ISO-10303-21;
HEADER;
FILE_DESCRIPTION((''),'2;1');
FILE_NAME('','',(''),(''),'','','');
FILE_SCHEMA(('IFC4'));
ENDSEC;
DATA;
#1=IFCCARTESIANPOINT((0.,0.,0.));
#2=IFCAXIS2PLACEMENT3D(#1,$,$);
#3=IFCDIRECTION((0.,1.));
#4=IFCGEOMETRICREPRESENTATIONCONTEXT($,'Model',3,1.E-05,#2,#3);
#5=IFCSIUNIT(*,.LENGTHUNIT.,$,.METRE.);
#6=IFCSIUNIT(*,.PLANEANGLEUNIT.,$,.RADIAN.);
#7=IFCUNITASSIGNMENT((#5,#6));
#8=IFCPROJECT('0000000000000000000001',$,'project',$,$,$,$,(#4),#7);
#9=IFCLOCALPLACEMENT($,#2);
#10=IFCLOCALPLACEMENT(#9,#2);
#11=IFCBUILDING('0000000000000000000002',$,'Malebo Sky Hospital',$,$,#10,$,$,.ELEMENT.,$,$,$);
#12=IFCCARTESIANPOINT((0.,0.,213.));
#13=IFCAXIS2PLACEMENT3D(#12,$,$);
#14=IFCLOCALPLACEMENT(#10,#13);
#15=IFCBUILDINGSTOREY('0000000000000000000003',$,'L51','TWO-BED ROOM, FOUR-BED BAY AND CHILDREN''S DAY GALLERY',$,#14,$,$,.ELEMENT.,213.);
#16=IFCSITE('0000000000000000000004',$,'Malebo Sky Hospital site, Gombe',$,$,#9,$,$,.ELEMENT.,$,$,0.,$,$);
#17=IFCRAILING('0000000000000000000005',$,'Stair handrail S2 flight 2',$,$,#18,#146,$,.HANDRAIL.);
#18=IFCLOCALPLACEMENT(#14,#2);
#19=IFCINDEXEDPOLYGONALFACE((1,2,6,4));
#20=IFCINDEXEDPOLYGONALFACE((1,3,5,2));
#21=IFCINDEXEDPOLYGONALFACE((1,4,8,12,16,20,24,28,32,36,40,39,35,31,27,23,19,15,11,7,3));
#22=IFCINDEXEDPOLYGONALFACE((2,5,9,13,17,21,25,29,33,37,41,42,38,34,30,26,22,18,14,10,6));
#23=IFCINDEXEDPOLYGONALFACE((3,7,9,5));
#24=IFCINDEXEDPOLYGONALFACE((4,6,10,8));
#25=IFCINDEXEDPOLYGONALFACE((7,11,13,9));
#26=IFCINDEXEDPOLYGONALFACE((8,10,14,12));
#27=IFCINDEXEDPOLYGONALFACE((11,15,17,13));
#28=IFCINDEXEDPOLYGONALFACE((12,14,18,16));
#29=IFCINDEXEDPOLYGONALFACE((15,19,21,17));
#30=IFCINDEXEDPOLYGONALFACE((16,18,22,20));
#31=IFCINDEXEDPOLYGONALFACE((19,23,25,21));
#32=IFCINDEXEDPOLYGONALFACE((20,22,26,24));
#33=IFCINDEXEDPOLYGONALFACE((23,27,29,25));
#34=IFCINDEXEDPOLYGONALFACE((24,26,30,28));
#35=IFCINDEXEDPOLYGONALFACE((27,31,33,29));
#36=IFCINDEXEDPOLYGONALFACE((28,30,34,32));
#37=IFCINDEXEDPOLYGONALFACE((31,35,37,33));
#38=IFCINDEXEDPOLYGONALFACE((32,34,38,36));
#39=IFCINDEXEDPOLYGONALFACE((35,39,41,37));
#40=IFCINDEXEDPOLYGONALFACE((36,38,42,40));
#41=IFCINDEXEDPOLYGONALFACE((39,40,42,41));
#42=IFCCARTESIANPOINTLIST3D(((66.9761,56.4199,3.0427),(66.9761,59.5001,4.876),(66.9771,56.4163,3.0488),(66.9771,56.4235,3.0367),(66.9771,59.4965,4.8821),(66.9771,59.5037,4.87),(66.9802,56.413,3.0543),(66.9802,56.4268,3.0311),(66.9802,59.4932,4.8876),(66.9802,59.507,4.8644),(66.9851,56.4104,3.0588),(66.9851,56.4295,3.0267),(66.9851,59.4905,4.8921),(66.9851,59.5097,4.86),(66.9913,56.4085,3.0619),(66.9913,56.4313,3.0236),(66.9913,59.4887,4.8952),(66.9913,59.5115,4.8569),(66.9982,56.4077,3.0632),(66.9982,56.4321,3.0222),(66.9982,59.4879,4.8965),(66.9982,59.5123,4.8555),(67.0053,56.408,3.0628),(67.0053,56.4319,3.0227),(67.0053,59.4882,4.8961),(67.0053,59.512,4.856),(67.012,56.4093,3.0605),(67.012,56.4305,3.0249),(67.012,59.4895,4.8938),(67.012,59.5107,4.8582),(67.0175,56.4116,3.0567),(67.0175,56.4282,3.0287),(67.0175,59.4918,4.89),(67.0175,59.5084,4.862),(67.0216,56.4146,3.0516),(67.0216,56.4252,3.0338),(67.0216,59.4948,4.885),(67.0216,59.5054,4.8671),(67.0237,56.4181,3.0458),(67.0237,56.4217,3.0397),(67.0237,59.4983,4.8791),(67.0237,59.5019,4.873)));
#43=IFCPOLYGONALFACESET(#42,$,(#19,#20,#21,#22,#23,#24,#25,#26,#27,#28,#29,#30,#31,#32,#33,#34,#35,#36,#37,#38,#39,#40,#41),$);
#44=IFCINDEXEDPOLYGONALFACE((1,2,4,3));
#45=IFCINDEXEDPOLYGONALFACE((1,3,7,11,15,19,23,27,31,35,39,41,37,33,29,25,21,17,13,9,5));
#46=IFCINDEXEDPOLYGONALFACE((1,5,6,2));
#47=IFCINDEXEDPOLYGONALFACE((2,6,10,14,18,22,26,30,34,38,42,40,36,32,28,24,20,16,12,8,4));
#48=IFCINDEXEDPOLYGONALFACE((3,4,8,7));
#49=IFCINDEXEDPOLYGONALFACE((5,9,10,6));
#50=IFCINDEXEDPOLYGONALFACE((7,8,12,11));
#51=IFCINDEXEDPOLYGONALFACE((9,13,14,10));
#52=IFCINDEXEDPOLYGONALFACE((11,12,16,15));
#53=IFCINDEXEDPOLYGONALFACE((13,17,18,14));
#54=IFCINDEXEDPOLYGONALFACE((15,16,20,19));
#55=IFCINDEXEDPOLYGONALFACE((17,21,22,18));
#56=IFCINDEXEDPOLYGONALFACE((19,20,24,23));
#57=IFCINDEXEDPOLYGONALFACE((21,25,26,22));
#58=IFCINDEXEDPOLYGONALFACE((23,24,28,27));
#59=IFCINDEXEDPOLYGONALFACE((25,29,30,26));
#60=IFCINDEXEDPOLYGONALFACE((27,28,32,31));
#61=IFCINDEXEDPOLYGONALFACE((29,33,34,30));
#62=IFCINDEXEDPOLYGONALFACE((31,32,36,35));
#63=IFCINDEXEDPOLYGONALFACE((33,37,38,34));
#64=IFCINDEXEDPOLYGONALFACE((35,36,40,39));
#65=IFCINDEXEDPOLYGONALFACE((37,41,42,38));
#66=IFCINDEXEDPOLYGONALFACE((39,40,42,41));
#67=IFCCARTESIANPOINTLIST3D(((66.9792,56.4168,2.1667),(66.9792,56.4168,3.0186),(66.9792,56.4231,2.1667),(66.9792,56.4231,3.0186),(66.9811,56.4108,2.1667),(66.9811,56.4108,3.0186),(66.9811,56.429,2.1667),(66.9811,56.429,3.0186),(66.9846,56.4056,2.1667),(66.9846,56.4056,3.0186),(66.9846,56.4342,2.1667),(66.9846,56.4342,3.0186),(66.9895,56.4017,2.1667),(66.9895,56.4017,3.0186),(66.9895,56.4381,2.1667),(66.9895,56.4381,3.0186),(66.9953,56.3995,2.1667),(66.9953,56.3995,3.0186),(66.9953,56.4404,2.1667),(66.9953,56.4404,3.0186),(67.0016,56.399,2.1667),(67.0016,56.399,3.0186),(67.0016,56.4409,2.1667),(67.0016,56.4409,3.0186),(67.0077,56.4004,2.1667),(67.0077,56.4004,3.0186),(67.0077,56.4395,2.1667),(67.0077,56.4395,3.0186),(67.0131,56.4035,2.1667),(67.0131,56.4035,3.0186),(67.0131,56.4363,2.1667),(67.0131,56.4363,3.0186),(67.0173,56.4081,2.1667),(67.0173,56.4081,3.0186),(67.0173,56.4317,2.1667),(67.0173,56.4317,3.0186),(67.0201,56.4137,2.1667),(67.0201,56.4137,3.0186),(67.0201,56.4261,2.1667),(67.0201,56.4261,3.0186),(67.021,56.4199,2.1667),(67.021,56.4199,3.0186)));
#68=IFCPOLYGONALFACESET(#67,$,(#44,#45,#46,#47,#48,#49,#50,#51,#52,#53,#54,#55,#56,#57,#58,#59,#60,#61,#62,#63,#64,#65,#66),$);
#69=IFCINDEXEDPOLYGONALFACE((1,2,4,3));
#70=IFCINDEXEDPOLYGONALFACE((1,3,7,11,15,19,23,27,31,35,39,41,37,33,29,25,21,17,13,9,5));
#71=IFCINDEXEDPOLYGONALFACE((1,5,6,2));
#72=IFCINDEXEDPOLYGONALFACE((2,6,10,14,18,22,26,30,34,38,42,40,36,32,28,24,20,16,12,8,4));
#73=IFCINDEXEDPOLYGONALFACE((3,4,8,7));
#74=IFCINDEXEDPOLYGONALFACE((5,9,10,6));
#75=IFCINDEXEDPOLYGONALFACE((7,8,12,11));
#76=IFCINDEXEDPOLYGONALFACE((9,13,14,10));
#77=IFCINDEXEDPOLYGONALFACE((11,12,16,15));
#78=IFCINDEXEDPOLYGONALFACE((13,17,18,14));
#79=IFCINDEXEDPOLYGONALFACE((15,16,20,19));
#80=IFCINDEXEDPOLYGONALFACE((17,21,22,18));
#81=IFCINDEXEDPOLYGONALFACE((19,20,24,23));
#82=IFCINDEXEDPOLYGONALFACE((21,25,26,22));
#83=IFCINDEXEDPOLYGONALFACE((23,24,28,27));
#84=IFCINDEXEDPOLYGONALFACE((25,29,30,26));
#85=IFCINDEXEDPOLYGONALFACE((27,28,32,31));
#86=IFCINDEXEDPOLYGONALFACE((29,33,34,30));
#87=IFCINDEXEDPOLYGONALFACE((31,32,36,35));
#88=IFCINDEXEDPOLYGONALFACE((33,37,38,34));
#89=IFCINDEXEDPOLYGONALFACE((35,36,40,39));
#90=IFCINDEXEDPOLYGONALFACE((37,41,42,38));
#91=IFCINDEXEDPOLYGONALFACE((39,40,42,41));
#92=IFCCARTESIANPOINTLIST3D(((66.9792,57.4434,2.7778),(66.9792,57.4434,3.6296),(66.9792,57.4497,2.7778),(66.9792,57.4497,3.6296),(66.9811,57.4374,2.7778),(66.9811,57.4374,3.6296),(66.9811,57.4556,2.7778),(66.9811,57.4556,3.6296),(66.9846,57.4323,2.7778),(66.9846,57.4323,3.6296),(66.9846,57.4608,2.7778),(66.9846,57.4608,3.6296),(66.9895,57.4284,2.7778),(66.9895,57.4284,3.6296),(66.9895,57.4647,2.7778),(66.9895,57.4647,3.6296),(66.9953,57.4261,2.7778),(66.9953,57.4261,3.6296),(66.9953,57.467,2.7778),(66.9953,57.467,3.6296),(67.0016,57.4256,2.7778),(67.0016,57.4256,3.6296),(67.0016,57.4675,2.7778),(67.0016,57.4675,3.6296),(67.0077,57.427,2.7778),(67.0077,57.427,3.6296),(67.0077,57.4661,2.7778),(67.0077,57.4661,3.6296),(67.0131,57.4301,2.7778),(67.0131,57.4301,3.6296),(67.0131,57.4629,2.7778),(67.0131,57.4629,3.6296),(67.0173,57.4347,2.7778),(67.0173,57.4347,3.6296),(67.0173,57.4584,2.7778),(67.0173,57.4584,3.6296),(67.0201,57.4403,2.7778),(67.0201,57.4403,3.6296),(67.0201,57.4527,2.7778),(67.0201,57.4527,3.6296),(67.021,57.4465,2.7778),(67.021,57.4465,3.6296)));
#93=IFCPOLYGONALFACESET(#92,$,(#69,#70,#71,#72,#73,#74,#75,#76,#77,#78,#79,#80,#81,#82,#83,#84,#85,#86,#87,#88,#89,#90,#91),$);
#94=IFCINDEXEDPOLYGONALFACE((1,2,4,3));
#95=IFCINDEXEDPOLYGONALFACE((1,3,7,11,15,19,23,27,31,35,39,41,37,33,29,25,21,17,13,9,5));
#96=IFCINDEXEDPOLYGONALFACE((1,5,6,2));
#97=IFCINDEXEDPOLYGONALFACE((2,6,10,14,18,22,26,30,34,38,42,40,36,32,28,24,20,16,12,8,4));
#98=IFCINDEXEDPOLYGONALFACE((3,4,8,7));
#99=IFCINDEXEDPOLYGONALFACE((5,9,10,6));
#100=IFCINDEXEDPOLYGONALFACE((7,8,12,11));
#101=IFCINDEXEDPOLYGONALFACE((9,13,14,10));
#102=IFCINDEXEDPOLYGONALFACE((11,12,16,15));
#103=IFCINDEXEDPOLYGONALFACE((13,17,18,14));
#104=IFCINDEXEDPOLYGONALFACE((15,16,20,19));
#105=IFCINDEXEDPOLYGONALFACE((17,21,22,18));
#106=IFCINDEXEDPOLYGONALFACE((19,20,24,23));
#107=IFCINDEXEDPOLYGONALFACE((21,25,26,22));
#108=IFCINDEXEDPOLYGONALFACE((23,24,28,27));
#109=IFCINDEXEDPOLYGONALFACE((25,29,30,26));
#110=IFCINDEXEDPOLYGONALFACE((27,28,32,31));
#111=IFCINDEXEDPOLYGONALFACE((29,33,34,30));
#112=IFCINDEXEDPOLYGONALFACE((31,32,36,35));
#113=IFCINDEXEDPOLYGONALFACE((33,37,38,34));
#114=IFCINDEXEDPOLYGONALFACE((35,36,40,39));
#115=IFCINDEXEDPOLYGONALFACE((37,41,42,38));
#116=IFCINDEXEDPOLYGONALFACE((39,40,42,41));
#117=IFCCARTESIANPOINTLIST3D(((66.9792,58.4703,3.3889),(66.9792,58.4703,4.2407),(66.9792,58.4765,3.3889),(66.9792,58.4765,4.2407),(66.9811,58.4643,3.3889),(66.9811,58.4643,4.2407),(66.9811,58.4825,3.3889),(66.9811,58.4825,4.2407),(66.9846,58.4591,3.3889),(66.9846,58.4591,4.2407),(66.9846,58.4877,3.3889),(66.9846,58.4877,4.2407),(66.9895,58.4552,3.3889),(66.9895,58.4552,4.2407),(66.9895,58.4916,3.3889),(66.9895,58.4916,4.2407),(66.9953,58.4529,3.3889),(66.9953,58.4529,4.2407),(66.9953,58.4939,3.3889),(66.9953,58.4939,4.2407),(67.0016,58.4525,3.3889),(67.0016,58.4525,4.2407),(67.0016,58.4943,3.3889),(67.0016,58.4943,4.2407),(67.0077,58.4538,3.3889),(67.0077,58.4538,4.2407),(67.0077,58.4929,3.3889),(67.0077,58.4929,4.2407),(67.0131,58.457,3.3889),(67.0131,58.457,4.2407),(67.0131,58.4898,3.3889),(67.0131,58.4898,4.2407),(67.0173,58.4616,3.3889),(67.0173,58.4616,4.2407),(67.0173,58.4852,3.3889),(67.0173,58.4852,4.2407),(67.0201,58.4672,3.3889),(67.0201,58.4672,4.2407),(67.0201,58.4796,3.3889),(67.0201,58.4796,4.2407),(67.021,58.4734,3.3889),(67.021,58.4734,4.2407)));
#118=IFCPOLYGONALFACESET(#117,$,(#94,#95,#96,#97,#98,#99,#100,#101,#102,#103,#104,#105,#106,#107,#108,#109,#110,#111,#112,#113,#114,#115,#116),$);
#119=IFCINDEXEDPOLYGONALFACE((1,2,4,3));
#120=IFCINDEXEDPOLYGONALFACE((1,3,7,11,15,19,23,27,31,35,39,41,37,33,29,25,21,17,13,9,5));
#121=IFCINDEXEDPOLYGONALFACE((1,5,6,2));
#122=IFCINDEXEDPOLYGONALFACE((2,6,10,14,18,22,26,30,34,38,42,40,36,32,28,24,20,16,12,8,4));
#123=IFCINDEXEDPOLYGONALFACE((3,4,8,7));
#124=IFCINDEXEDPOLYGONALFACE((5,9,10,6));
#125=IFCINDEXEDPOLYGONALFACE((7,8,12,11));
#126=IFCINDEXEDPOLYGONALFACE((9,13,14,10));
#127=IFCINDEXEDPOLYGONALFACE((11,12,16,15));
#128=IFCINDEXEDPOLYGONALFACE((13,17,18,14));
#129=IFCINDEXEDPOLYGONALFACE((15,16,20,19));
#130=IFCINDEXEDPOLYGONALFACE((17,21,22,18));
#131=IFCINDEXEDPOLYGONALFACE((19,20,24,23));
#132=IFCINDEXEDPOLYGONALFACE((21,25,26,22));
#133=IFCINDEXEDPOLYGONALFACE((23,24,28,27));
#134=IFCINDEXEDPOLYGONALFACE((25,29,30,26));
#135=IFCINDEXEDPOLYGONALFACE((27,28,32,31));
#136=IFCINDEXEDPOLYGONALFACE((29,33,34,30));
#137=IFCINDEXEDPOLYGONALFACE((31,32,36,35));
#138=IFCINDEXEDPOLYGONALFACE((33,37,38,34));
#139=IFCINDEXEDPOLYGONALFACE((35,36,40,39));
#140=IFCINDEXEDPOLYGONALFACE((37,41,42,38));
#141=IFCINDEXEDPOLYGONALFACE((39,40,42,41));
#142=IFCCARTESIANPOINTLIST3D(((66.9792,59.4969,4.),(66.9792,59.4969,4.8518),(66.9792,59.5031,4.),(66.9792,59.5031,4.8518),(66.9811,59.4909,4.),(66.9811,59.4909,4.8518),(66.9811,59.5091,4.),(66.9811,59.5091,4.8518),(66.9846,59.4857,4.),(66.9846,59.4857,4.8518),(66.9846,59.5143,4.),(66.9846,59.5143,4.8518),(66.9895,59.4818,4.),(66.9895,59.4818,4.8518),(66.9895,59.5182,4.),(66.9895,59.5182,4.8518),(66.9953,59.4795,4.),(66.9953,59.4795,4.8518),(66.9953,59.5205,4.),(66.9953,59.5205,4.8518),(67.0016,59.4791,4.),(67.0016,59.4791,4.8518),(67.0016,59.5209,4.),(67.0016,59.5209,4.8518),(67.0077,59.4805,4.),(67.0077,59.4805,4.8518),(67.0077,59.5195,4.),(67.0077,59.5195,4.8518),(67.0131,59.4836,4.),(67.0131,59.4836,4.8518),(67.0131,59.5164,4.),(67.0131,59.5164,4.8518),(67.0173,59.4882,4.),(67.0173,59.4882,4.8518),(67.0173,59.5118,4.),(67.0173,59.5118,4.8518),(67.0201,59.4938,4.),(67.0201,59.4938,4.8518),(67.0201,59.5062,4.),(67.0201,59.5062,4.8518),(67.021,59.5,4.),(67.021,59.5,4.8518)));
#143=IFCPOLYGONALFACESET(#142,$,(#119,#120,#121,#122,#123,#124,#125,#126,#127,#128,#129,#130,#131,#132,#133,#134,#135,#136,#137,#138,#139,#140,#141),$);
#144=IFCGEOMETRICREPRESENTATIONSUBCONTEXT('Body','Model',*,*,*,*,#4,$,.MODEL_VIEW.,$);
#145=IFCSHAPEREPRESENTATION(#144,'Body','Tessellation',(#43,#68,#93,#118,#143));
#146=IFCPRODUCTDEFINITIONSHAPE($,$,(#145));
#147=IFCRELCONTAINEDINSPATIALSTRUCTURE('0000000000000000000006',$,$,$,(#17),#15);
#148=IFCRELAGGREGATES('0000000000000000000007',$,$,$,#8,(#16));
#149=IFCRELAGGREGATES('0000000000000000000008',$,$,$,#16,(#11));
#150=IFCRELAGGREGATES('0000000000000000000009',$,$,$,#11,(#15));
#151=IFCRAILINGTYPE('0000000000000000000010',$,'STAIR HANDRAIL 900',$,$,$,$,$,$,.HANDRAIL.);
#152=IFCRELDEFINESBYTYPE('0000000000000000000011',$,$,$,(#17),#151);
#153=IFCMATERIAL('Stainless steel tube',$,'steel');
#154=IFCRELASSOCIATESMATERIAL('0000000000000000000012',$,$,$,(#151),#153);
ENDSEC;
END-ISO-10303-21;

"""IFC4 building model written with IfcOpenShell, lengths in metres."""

from ifc_helpers import new_model, si_unit, direction, frame, origin, origin_2d, place, context, subcontext, project, spatial, circle, extrude, material, type_object, element, save


model = new_model("IFC4")

# Units and contexts
model_context = context("Model", 3, precision=1e-05, world=origin(), true_north=direction((0.0, 1.0)))
body_context = subcontext(model_context, "Body", "Model", "MODEL_VIEW")
ifc_project = project(units=[si_unit("LENGTHUNIT", "METRE"), si_unit("PLANEANGLEUNIT", "RADIAN")], contexts=[model_context])

# Site, building, storey
site_placement = place(None, origin())
site = spatial("IfcSite", under=ifc_project, at=site_placement, Name="Malebo Sky Hospital site, Gombe", CompositionType="ELEMENT", RefElevation=0.0)
building_placement = place(site_placement, origin())
building = spatial("IfcBuilding", under=site, at=building_placement, Name="Malebo Sky Hospital", CompositionType="ELEMENT")
storey_placement = place(building_placement, frame((0.0, 0.0, 213.0)))
storey = spatial("IfcBuildingStorey", under=building, at=storey_placement, Name="L51", Description="TWO-BED ROOM, FOUR-BED BAY AND CHILDREN'S DAY GALLERY", CompositionType="ELEMENT", Elevation=213.0)

# Railing
ifc_material_1 = material(Name="Stainless steel tube", Category="steel")
railing_type = type_object("IfcRailingType", Name="STAIR HANDRAIL 900", PredefinedType="HANDRAIL", material=ifc_material_1)
railing_1_placement = place(storey_placement, frame((67.0, 56.4199, 2.1667)))
element("IfcRailing", 1, at=railing_1_placement, inside=storey, type_object=railing_type, Name="Stair handrail S2 flight 2", PredefinedType="HANDRAIL", context=body_context, shape_type="SweptSolid", body=[
    extrude(circle(Radius=0.0239, at=origin_2d()), frame((0.0, 0.0, 0.876), z_axis=(0.0, 0.859309, 0.511458), x_axis=(-1.0, 0.0, 0.0)), (0.0, 0.0, 1.0), 3.5845),
    extrude(circle(Radius=0.021, at=origin_2d()), origin(), (0.0, 0.0, 1.0), 0.8518),
    extrude(circle(Radius=0.021, at=origin_2d()), frame((0.0, 1.0266, 0.6111)), (0.0, 0.0, 1.0), 0.8518),
    extrude(circle(Radius=0.021, at=origin_2d()), frame((0.0, 2.0535, 1.2222)), (0.0, 0.0, 1.0), 0.8518),
    extrude(circle(Radius=0.021, at=origin_2d()), frame((0.0, 3.0801, 1.8333)), (0.0, 0.0, 1.0), 0.8518),
])

save(model, "model.ifc")
